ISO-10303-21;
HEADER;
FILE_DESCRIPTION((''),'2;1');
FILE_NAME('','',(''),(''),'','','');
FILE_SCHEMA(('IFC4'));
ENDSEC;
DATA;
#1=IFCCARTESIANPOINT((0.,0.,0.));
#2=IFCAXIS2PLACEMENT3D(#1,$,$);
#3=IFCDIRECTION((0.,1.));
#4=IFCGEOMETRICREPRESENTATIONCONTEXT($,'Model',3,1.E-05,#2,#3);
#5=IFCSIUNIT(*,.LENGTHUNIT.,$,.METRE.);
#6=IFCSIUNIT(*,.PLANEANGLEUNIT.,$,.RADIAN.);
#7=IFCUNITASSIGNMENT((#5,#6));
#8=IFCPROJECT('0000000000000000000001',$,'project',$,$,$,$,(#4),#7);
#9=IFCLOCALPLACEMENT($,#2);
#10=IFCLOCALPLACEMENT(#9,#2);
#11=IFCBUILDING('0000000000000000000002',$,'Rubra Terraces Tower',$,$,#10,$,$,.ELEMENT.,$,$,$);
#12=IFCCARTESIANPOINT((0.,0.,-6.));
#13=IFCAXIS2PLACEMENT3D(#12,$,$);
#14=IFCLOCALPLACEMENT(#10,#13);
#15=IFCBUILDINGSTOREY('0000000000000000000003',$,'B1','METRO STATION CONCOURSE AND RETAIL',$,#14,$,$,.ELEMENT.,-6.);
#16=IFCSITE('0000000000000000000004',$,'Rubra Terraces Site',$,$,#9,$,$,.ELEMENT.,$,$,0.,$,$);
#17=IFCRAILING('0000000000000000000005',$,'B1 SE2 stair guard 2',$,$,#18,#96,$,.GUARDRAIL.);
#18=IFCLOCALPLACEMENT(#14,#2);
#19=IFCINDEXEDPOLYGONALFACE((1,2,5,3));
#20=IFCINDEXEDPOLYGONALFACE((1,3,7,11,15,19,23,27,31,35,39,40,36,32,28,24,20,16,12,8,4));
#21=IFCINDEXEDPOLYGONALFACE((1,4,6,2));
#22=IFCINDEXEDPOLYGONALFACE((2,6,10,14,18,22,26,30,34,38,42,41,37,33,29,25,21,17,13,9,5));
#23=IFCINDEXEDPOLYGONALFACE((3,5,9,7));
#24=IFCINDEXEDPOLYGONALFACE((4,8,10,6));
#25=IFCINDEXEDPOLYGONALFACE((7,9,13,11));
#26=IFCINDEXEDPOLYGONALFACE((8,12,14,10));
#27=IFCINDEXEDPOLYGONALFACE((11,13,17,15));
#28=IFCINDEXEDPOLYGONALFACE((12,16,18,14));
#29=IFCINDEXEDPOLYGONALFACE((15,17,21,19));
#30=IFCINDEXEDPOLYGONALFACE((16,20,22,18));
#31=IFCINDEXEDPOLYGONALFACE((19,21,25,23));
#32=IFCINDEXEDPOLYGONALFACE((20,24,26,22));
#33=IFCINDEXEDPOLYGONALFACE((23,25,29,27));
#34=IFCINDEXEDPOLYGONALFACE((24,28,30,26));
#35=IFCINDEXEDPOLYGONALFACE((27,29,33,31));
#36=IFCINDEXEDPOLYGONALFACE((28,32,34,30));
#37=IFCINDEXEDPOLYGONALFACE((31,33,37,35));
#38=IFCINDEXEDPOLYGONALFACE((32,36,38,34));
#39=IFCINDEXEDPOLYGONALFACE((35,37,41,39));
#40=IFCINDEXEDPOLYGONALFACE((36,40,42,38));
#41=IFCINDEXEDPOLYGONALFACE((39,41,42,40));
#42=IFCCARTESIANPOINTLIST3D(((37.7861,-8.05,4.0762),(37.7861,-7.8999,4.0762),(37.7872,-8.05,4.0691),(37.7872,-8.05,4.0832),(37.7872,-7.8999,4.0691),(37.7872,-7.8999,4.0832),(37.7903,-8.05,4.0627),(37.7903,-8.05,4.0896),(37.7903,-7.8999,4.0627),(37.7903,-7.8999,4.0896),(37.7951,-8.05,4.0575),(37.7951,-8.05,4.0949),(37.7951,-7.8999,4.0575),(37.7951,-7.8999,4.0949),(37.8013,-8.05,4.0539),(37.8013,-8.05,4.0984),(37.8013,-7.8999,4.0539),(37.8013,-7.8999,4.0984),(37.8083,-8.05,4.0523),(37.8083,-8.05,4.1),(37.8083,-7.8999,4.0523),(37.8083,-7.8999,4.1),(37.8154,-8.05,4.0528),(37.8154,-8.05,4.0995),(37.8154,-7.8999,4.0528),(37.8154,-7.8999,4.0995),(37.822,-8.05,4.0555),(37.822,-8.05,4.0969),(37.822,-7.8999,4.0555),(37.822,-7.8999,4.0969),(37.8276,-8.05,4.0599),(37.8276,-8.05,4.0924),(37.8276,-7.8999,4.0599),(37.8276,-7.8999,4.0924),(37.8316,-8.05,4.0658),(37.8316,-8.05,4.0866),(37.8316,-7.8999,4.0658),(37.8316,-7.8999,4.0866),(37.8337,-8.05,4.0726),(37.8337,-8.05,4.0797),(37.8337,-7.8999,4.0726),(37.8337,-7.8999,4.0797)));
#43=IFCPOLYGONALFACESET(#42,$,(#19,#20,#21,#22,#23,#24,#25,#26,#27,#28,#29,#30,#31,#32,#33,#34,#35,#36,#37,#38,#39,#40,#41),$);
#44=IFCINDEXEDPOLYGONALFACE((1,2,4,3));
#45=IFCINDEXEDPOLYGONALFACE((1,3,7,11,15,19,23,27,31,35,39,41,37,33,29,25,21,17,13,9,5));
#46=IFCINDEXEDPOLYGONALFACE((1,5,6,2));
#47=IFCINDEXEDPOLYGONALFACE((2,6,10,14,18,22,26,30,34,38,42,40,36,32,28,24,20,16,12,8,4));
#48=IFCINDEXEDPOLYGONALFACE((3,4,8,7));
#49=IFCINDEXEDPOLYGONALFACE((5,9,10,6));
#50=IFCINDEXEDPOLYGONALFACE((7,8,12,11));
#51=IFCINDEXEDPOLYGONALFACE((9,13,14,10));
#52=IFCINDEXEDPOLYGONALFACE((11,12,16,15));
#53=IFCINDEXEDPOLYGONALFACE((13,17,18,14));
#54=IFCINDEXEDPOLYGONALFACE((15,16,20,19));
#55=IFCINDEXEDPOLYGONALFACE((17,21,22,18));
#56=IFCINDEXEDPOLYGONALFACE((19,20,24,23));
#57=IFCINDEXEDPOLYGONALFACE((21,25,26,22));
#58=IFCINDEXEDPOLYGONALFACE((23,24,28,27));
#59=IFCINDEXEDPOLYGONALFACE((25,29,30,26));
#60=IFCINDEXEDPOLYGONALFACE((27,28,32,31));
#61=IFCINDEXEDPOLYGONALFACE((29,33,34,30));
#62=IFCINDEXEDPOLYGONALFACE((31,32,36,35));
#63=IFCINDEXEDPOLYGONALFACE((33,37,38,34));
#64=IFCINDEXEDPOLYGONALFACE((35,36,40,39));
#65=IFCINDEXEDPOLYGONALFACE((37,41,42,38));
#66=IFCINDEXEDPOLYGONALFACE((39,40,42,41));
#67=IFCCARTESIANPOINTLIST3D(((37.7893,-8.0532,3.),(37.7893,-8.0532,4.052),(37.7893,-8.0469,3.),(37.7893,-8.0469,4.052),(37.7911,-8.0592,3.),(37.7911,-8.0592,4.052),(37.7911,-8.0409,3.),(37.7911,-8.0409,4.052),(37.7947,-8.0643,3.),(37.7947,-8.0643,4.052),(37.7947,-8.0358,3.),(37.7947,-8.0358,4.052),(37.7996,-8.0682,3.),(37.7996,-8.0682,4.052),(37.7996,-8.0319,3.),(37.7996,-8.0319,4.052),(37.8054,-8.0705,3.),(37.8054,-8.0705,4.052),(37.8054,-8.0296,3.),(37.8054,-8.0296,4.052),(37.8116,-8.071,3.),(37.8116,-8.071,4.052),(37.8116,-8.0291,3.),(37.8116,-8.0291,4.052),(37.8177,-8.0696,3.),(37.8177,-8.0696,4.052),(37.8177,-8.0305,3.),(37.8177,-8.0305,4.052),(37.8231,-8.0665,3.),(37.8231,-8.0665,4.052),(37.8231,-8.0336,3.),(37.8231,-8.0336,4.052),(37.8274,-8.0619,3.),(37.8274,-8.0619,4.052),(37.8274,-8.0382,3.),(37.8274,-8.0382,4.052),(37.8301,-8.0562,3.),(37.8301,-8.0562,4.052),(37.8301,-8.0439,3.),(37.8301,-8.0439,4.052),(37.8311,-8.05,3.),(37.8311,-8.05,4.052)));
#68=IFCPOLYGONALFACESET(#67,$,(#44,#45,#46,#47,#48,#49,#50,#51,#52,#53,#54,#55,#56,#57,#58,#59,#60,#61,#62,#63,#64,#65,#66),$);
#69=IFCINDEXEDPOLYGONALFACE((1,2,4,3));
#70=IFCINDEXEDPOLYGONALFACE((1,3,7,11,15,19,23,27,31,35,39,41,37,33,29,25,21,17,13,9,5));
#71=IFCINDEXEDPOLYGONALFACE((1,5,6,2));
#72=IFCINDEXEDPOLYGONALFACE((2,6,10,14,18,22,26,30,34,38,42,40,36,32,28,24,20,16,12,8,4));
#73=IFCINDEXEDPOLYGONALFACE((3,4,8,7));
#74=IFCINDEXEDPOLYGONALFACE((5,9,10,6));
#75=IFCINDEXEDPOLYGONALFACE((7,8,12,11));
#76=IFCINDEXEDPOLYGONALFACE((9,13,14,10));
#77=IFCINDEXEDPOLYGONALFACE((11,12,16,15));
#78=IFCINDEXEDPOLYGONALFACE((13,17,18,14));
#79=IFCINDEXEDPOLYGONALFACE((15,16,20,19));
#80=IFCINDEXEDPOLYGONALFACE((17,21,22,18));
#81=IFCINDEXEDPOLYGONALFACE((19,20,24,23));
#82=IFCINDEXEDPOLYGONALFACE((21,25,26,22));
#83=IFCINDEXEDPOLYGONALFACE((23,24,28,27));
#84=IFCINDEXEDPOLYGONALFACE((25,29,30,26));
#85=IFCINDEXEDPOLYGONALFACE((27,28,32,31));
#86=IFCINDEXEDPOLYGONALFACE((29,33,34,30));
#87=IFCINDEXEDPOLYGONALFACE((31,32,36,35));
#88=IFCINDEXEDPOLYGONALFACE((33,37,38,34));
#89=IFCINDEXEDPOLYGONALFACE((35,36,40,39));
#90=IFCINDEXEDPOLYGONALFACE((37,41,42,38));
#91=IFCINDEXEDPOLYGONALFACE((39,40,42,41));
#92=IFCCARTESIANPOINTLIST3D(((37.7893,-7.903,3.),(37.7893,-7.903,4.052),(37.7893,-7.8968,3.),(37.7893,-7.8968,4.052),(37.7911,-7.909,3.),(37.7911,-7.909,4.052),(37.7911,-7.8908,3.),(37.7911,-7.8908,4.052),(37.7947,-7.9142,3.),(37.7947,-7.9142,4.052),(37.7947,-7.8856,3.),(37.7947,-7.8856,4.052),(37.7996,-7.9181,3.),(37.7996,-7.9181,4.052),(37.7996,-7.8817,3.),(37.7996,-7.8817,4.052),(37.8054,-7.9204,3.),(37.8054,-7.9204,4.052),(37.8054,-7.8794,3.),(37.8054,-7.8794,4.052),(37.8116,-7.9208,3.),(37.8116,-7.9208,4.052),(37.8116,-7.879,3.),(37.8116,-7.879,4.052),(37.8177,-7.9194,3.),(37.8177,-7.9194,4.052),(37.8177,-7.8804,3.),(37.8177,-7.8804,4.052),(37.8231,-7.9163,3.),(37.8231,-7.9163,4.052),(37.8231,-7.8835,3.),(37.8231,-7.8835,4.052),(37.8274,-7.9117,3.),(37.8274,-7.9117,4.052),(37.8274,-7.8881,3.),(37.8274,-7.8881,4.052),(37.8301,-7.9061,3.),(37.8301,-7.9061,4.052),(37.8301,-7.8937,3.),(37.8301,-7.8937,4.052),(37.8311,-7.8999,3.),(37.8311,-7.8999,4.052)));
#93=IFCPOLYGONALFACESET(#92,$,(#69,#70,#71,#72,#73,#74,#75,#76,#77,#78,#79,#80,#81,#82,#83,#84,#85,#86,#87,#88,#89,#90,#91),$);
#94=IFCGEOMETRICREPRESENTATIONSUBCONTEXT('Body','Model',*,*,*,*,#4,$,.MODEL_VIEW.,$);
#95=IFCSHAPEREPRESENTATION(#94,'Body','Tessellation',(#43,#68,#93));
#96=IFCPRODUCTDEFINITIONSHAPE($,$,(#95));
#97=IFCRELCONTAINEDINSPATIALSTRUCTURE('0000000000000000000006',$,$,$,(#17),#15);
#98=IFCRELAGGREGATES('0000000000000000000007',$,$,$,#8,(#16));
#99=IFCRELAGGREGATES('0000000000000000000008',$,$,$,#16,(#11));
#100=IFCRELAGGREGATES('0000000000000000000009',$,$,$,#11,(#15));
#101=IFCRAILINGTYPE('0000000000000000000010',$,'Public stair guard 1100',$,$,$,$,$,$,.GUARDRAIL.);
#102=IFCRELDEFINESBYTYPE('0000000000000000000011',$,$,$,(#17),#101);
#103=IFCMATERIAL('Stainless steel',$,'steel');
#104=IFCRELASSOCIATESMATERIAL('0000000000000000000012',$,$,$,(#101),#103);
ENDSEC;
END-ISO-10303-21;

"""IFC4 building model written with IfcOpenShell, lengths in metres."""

from ifc_helpers import new_model, si_unit, direction, frame, origin, origin_2d, place, context, subcontext, project, spatial, circle, extrude, material, type_object, element, save


model = new_model("IFC4")

# Units and contexts
model_context = context("Model", 3, precision=1e-05, world=origin(), true_north=direction((0.0, 1.0)))
body_context = subcontext(model_context, "Body", "Model", "MODEL_VIEW")
ifc_project = project(units=[si_unit("LENGTHUNIT", "METRE"), si_unit("PLANEANGLEUNIT", "RADIAN")], contexts=[model_context])

# Site, building, storey
site_placement = place(None, origin())
site = spatial("IfcSite", under=ifc_project, at=site_placement, Name="Rubra Terraces Site", CompositionType="ELEMENT", RefElevation=0.0)
building_placement = place(site_placement, origin())
building = spatial("IfcBuilding", under=site, at=building_placement, Name="Rubra Terraces Tower", CompositionType="ELEMENT")
storey_placement = place(building_placement, frame((0.0, 0.0, -6.0)))
storey = spatial("IfcBuildingStorey", under=building, at=storey_placement, Name="B1", Description="METRO STATION CONCOURSE AND RETAIL", CompositionType="ELEMENT", Elevation=-6.0)

# Railing
ifc_material_1 = material(Name="Stainless steel", Category="steel")
railing_type_1 = type_object("IfcRailingType", Name="Public stair guard 1100", PredefinedType="GUARDRAIL", material=ifc_material_1)
railing_1_placement = place(storey_placement, frame((37.8101, -8.05, 3.0)))
element("IfcRailing", 1, at=railing_1_placement, inside=storey, type_object=railing_type_1, Name="B1 SE2 stair guard 2", PredefinedType="GUARDRAIL", context=body_context, shape_type="SweptSolid", body=[
    extrude(circle(Radius=0.0239, at=origin_2d()), frame((0.0, 0.0, 1.0762), z_axis=(0.0, 1.0, 0.0), x_axis=(-1.0, 0.0, 0.0)), (0.0, 0.0, 1.0), 0.1501),
    extrude(circle(Radius=0.021, at=origin_2d()), origin(), (0.0, 0.0, 1.0), 1.052),
    extrude(circle(Radius=0.021, at=origin_2d()), frame((0.0, 0.1501, 0.0)), (0.0, 0.0, 1.0), 1.052),
])

save(model, "model.ifc")
